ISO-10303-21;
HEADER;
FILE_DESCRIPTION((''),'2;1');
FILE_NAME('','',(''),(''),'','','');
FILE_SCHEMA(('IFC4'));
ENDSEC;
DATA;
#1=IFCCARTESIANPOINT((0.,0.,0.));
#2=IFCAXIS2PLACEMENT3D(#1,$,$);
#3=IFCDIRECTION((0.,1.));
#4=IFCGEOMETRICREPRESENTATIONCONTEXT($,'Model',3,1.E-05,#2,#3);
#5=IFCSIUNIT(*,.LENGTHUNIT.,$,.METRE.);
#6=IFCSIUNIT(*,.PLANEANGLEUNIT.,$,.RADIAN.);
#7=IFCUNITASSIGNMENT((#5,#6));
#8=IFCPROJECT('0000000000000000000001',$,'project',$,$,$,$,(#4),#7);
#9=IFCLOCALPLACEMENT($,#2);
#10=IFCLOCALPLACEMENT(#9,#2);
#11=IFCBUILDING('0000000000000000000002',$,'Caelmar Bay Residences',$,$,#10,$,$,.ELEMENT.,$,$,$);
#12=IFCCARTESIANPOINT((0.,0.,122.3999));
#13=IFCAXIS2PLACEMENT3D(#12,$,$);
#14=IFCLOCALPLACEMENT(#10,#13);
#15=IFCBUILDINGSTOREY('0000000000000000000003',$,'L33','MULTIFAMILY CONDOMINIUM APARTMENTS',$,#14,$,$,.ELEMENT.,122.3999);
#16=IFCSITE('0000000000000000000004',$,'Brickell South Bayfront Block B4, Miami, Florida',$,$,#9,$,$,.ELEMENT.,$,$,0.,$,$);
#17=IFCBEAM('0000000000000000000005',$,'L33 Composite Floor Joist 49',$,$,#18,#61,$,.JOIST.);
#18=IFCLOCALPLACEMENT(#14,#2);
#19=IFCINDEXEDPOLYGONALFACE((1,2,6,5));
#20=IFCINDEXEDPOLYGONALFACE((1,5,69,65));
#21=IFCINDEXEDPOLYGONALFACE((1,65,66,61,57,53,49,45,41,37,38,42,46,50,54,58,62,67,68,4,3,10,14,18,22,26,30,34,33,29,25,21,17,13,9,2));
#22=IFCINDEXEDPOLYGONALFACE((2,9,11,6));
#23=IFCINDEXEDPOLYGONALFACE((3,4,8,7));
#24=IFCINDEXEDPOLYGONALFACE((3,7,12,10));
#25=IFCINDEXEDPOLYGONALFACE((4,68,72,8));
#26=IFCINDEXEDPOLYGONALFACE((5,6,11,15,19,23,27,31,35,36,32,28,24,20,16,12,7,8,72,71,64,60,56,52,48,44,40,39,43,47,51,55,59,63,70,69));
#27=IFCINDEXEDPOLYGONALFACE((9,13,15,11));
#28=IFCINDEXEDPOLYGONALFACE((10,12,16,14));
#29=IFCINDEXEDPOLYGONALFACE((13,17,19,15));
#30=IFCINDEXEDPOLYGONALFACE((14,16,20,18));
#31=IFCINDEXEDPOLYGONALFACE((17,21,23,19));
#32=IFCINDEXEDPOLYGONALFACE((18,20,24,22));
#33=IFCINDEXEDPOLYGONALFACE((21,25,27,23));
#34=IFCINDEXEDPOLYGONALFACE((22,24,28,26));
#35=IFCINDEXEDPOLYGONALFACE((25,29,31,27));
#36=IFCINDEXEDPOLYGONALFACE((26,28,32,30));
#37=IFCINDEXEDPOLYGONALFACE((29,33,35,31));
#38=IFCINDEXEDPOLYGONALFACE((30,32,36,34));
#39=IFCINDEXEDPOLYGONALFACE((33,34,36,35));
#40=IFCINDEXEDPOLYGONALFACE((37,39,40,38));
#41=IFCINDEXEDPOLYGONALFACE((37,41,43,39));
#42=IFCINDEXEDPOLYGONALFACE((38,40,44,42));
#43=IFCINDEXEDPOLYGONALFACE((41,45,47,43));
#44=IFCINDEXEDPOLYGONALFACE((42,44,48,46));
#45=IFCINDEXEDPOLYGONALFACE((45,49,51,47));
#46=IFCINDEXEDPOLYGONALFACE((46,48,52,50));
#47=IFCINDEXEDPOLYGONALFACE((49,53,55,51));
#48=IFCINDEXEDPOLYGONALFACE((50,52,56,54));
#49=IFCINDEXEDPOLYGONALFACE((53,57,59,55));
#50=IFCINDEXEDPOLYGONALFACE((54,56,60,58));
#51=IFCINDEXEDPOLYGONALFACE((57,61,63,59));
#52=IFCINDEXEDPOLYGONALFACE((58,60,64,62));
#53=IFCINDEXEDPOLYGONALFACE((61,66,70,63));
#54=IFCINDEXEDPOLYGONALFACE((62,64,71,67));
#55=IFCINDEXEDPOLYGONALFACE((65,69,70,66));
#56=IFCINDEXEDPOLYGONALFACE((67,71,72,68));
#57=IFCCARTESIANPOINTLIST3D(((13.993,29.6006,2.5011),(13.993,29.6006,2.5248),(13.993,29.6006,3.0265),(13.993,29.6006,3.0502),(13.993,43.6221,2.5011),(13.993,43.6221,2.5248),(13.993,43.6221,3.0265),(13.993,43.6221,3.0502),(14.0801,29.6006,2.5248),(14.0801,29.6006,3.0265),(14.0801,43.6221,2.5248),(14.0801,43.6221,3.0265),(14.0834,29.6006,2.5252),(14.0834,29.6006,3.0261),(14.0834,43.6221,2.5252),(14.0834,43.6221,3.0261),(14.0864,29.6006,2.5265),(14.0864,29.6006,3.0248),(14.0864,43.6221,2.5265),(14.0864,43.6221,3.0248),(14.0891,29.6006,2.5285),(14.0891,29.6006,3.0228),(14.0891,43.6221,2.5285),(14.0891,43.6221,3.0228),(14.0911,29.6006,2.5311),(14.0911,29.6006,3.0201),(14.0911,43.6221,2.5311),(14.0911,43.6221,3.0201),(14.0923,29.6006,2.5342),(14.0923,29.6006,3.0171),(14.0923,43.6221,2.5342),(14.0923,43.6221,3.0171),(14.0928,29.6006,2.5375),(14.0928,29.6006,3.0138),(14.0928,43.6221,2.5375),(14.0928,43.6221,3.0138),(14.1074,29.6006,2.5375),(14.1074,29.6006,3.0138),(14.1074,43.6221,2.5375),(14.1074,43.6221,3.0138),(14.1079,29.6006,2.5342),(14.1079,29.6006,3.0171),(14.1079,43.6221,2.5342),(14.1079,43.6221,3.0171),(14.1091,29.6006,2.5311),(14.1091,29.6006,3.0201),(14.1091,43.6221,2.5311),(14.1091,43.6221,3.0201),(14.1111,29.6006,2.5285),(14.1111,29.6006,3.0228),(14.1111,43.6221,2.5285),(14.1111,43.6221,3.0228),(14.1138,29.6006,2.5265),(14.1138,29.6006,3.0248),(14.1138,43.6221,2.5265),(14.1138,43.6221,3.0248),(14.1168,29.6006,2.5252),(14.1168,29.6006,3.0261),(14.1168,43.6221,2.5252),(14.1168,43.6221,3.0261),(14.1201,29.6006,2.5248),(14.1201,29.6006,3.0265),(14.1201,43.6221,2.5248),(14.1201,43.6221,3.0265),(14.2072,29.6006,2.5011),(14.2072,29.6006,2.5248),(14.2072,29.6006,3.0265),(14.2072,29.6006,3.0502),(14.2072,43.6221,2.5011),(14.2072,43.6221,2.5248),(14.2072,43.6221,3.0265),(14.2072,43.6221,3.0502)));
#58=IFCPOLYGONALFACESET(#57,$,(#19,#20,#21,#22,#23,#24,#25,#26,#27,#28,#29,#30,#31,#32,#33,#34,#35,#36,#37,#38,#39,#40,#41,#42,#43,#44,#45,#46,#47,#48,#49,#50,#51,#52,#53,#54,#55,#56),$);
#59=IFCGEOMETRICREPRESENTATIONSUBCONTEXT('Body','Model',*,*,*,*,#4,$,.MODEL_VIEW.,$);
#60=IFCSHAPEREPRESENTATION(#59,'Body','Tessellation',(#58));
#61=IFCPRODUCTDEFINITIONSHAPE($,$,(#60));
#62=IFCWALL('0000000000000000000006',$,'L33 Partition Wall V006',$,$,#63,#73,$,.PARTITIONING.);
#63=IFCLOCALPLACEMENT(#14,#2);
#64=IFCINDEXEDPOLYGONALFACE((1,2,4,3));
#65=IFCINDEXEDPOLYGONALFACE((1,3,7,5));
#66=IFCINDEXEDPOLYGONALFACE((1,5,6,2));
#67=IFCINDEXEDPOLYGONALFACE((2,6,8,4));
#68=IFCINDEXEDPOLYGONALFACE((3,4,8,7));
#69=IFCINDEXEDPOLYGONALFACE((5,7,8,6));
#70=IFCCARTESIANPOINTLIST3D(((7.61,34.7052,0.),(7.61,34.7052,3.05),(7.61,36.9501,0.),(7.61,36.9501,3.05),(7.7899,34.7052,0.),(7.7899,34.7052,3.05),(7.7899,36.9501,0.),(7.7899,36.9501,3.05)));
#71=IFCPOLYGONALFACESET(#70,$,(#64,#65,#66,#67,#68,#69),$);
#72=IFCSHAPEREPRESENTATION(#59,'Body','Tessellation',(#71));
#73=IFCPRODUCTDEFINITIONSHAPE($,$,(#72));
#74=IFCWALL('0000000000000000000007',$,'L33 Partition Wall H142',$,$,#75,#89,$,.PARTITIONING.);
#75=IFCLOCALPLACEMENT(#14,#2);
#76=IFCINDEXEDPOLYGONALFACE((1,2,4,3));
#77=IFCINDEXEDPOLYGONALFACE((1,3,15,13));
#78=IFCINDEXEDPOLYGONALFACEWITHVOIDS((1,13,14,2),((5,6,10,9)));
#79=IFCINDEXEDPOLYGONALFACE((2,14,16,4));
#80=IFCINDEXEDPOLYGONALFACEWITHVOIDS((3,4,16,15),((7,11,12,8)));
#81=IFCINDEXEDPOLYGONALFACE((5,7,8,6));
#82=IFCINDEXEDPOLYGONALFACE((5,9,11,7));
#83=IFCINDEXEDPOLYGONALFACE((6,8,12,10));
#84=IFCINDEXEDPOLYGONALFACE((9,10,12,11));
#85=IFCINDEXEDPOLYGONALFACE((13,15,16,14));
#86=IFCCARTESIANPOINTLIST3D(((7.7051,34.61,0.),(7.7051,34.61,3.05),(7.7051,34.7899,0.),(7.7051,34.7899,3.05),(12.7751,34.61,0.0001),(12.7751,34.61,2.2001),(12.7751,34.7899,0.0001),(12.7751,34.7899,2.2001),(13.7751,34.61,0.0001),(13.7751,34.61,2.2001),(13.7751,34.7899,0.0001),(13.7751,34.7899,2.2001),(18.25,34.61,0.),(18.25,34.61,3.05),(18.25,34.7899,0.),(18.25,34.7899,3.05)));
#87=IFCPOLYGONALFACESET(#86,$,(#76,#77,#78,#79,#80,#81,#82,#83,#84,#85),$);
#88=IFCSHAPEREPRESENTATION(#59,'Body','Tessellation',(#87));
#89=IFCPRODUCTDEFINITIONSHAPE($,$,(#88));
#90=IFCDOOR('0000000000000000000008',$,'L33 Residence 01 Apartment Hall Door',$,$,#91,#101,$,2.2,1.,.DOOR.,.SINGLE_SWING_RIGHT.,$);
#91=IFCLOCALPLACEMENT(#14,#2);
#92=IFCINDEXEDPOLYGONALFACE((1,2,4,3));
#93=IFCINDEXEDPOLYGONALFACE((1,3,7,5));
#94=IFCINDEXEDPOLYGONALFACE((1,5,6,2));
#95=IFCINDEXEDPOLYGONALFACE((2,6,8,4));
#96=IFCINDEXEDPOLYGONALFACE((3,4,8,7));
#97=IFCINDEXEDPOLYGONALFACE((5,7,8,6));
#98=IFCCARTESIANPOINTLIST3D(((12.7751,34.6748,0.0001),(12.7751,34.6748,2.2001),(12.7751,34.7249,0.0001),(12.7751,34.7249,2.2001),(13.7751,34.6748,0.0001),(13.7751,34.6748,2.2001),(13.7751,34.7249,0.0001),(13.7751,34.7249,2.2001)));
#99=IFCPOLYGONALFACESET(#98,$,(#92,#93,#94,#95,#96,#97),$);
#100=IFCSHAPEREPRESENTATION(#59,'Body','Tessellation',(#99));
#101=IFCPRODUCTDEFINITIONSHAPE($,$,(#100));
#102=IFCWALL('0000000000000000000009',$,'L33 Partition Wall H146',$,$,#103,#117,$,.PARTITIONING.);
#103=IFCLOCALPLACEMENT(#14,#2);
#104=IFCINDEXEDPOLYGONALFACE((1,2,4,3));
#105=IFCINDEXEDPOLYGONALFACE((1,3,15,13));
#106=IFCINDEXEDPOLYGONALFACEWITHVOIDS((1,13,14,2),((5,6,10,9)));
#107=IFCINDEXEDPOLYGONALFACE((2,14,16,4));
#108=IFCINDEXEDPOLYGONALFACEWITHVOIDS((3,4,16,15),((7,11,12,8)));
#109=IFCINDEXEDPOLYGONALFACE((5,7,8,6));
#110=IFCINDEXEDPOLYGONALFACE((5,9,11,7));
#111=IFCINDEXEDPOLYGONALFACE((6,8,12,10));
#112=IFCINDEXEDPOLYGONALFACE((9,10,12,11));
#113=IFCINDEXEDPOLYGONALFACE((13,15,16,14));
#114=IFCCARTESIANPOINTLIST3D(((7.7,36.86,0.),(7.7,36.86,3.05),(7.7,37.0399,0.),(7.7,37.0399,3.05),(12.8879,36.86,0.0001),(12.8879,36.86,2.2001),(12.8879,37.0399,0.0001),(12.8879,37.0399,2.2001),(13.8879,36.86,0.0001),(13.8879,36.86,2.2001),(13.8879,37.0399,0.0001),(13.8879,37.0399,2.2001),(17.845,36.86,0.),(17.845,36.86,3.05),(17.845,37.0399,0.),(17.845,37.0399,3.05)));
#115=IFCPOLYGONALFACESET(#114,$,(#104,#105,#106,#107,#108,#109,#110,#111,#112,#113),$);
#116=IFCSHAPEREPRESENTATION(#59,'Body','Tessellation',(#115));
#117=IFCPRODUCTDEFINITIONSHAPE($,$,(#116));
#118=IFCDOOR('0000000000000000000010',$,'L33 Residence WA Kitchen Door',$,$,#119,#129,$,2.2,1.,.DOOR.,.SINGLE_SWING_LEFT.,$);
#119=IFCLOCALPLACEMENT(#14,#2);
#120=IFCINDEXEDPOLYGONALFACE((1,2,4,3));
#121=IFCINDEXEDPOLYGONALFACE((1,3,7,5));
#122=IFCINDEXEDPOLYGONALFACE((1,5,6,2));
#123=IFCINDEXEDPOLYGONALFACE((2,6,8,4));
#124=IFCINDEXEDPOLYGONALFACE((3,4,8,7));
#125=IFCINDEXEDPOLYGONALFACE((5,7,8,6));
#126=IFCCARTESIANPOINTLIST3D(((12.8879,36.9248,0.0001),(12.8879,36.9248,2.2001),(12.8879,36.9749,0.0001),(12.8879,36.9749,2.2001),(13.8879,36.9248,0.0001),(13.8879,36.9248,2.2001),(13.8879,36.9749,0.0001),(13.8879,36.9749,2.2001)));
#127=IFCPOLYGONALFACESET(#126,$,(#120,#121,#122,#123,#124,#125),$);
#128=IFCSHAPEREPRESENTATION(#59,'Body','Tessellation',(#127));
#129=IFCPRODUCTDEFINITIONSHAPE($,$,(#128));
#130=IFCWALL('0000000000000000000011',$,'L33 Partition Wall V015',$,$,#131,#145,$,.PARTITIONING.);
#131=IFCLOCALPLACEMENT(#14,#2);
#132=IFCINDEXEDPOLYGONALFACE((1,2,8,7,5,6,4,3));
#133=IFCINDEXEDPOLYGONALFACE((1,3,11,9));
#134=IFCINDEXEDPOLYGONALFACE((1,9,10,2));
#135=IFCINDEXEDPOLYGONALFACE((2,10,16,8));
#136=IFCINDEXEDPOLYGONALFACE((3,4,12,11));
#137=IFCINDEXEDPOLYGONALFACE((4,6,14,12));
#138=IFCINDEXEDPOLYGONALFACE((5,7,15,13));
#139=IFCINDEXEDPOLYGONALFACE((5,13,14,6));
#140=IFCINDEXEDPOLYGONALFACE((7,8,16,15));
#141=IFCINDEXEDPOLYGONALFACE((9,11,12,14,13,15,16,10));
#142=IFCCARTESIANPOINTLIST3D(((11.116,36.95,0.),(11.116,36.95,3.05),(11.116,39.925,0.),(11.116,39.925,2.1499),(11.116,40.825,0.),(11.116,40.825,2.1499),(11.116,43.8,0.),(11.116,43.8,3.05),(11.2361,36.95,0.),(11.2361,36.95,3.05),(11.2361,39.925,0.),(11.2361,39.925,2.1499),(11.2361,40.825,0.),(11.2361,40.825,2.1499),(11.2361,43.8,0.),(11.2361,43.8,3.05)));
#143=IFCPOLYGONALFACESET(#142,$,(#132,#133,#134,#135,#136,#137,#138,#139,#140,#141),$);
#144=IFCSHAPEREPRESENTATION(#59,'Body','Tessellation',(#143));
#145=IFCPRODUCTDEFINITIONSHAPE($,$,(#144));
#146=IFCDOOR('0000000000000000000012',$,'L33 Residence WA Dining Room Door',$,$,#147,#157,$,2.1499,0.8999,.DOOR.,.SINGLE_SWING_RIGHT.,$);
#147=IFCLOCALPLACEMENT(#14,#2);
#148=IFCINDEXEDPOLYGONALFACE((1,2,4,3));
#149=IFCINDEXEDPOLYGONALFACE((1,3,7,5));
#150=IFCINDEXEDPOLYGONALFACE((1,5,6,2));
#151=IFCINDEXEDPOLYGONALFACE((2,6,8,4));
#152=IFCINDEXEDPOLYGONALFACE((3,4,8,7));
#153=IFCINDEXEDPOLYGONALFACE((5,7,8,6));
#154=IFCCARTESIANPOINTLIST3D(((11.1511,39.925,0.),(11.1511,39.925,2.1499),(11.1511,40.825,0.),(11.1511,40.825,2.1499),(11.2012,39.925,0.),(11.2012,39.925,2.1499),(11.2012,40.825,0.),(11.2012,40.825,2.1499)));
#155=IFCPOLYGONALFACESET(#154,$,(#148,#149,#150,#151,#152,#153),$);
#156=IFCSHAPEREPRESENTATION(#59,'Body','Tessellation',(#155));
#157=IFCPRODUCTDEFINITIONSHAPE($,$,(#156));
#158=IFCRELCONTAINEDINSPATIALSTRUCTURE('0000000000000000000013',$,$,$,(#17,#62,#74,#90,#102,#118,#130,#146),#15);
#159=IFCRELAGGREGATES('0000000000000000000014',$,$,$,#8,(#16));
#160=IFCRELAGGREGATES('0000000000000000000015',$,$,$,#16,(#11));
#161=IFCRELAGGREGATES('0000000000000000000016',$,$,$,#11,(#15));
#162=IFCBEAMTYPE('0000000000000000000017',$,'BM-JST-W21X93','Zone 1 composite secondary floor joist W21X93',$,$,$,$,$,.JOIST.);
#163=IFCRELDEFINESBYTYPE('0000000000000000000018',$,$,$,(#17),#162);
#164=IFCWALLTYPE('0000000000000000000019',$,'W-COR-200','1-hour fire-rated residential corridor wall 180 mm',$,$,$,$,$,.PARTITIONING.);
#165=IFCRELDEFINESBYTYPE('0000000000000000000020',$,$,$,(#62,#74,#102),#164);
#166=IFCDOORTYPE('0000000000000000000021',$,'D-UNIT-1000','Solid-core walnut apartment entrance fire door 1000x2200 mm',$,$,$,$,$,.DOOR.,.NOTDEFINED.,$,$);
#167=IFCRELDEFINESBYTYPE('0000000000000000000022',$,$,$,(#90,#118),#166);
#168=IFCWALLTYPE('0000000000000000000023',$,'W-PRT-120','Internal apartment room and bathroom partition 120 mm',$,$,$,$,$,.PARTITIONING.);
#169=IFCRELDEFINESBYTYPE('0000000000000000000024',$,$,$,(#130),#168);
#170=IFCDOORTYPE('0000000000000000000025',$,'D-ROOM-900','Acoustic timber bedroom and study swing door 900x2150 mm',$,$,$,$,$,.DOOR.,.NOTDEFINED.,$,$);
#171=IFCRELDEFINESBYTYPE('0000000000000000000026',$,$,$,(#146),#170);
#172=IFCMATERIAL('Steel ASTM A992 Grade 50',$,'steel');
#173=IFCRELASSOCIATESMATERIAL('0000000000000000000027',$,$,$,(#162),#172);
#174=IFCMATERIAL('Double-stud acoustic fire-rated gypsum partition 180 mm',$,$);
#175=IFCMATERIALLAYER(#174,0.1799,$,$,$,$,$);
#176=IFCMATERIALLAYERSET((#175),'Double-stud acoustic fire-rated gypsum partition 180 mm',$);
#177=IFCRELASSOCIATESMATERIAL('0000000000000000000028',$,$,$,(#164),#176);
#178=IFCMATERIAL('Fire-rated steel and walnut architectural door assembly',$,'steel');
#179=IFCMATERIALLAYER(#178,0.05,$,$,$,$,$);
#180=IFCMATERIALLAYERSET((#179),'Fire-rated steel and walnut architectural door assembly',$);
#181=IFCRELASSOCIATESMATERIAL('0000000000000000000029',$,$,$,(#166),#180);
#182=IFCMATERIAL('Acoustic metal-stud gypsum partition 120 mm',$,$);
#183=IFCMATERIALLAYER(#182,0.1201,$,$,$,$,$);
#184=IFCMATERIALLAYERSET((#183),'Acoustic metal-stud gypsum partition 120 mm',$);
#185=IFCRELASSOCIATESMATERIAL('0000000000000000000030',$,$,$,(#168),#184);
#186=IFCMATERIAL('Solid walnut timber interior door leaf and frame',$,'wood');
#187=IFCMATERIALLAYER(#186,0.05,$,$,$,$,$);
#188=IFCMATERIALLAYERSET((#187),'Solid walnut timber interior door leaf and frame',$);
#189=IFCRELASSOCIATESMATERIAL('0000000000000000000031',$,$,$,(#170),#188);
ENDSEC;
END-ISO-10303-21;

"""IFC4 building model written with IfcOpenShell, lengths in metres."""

from ifc_helpers import new_model, si_unit, direction, frame, frame_2d, origin, origin_2d, place, context, subcontext, project, spatial, rectangle, i_section, extrude, material, layer, layer_set, material_profile, profile_set, type_object, element, fill, save


model = new_model("IFC4")

# Units and contexts
model_context = context("Model", 3, precision=1e-05, world=origin(), true_north=direction((0.0, 1.0)))
body_context = subcontext(model_context, "Body", "Model", "MODEL_VIEW")
ifc_project = project(units=[si_unit("LENGTHUNIT", "METRE"), si_unit("PLANEANGLEUNIT", "RADIAN")], contexts=[model_context])

# Site, building, storey
site_placement = place(None, origin())
site = spatial("IfcSite", under=ifc_project, at=site_placement, Name="Brickell South Bayfront Block B4, Miami, Florida", CompositionType="ELEMENT", RefElevation=0.0)
building_placement = place(site_placement, origin())
building = spatial("IfcBuilding", under=site, at=building_placement, Name="Caelmar Bay Residences", CompositionType="ELEMENT")
storey_placement = place(building_placement, frame((0.0, 0.0, 122.3999)))
storey = spatial("IfcBuildingStorey", under=building, at=storey_placement, Name="L33", Description="MULTIFAMILY CONDOMINIUM APARTMENTS", CompositionType="ELEMENT", Elevation=122.3999)

# Beam
ifc_material_1 = material(Name="Steel ASTM A992 Grade 50", Category="steel")
ifc_material_profile_1 = material_profile(ifc_material_1, i_section(OverallWidth=0.2141, OverallDepth=0.5491, WebThickness=0.0146, FlangeThickness=0.0237, FilletRadius=0.0127, at=origin_2d()), Name="W21X93")
ifc_profile_set_1 = profile_set([ifc_material_profile_1], Name="Steel ASTM A992 Grade 50")
beam_type_1 = type_object("IfcBeamType", Name="BM-JST-W21X93", Description="Zone 1 composite secondary floor joist W21X93", PredefinedType="JOIST", material=ifc_profile_set_1)
beam_1_placement = place(storey_placement, frame((14.1001, 29.6006, 2.7756), z_axis=(0.0, 1.0, 0.0), x_axis=(-1.0, 0.0, 0.0)))
element("IfcBeam", 1, at=beam_1_placement, inside=storey, type_object=beam_type_1, Name="L33 Composite Floor Joist 49", PredefinedType="JOIST", context=body_context, shape_type="SweptSolid", body=[
    extrude(i_section(OverallWidth=0.2141, OverallDepth=0.5491, WebThickness=0.0146, FlangeThickness=0.0237, FilletRadius=0.0127, at=origin_2d()), origin(), (0.0, 0.0, 1.0), 14.0215),
])

# Wall
ifc_material_2 = material(Name="Double-stud acoustic fire-rated gypsum partition 180 mm")
ifc_layer_1 = layer(ifc_material_2, 0.1799)
ifc_layer_set_1 = layer_set([ifc_layer_1], Name="Double-stud acoustic fire-rated gypsum partition 180 mm")
wall_type_1 = type_object("IfcWallType", Name="W-COR-200", Description="1-hour fire-rated residential corridor wall 180 mm", PredefinedType="PARTITIONING", material=ifc_layer_set_1)
wall_1_placement = place(storey_placement, frame((7.7, 34.7051, 0.0), z_axis=(0.0, 0.0, 1.0), x_axis=(0.0, 1.0, 0.0)))
element("IfcWall", 2, at=wall_1_placement, inside=storey, type_object=wall_type_1, Name="L33 Partition Wall V006", PredefinedType="PARTITIONING", context=body_context, shape_type="SweptSolid", body=[
    extrude(rectangle(XDim=2.2449, YDim=0.1799, at=frame_2d((1.1226, 0.0))), origin(), (0.0, 0.0, 1.0), 3.05),
])

# Walls, openings, doors
wall_2_placement = place(storey_placement, frame((7.7051, 34.7, 0.0), z_axis=(0.0, 0.0, 1.0), x_axis=(1.0, 0.0, 0.0)))
wall_2 = element("IfcWall", 3, at=wall_2_placement, inside=storey, type_object=wall_type_1, Name="L33 Partition Wall H142", PredefinedType="PARTITIONING", context=body_context, shape_type="SweptSolid", body=[
    extrude(rectangle(XDim=10.5449, YDim=0.1799, at=frame_2d((5.2725, 0.0))), origin(), (0.0, 0.0, 1.0), 3.05),
])
opening_1_placement = place(wall_2_placement, frame((5.0701, 0.0, 0.0)))
opening_1 = element("IfcOpeningElement", 4, at=opening_1_placement, cuts=wall_2, PredefinedType="OPENING", context=body_context, shape_type="SweptSolid", body=[
    extrude(rectangle(XDim=1.0, YDim=2.2, at=frame_2d((0.5, 1.1001))), frame((0.0, 0.0999, 0.0), z_axis=(0.0, -1.0, 0.0), x_axis=(1.0, 0.0, 0.0)), (0.0, 0.0, 1.0), 0.2),
])
ifc_material_3 = material(Name="Fire-rated steel and walnut architectural door assembly", Category="steel")
ifc_layer_2 = layer(ifc_material_3, 0.05)
ifc_layer_set_2 = layer_set([ifc_layer_2], Name="Fire-rated steel and walnut architectural door assembly")
door_type_1 = type_object("IfcDoorType", Name="D-UNIT-1000", Description="Solid-core walnut apartment entrance fire door 1000x2200 mm", OperationType="NOTDEFINED", PredefinedType="DOOR", material=ifc_layer_set_2)
door_1_placement = place(opening_1_placement, origin())
door_1 = element("IfcDoor", 5, at=door_1_placement, inside=storey, type_object=door_type_1, Name="L33 Residence 01 Apartment Hall Door", OperationType="SINGLE_SWING_RIGHT", OverallHeight=2.2, OverallWidth=1.0, PredefinedType="DOOR", context=body_context, shape_type="SweptSolid", body=[
    extrude(rectangle(XDim=1.0, YDim=2.2, at=frame_2d((0.5, 1.1001))), frame((0.0, 0.0249, 0.0), z_axis=(0.0, -1.0, 0.0), x_axis=(1.0, 0.0, 0.0)), (0.0, 0.0, 1.0), 0.05),
])
fill(opening_1, door_1)
wall_3_placement = place(storey_placement, frame((7.7, 36.95, 0.0), z_axis=(0.0, 0.0, 1.0), x_axis=(1.0, 0.0, 0.0)))
wall_3 = element("IfcWall", 6, at=wall_3_placement, inside=storey, type_object=wall_type_1, Name="L33 Partition Wall H146", PredefinedType="PARTITIONING", context=body_context, shape_type="SweptSolid", body=[
    extrude(rectangle(XDim=10.145, YDim=0.1799, at=frame_2d((5.0725, 0.0))), origin(), (0.0, 0.0, 1.0), 3.05),
])
opening_2_placement = place(wall_3_placement, frame((5.188, 0.0, 0.0)))
opening_2 = element("IfcOpeningElement", 7, at=opening_2_placement, cuts=wall_3, PredefinedType="OPENING", context=body_context, shape_type="SweptSolid", body=[
    extrude(rectangle(XDim=1.0, YDim=2.2, at=frame_2d((0.5, 1.1001))), frame((0.0, 0.0999, 0.0), z_axis=(0.0, -1.0, 0.0), x_axis=(1.0, 0.0, 0.0)), (0.0, 0.0, 1.0), 0.2),
])
door_2_placement = place(opening_2_placement, origin())
door_2 = element("IfcDoor", 8, at=door_2_placement, inside=storey, type_object=door_type_1, Name="L33 Residence WA Kitchen Door", OperationType="SINGLE_SWING_LEFT", OverallHeight=2.2, OverallWidth=1.0, PredefinedType="DOOR", context=body_context, shape_type="SweptSolid", body=[
    extrude(rectangle(XDim=1.0, YDim=2.2, at=frame_2d((0.5, 1.1001))), frame((0.0, 0.0249, 0.0), z_axis=(0.0, -1.0, 0.0), x_axis=(1.0, 0.0, 0.0)), (0.0, 0.0, 1.0), 0.05),
])
fill(opening_2, door_2)
ifc_material_4 = material(Name="Acoustic metal-stud gypsum partition 120 mm")
ifc_layer_3 = layer(ifc_material_4, 0.1201)
ifc_layer_set_3 = layer_set([ifc_layer_3], Name="Acoustic metal-stud gypsum partition 120 mm")
wall_type_2 = type_object("IfcWallType", Name="W-PRT-120", Description="Internal apartment room and bathroom partition 120 mm", PredefinedType="PARTITIONING", material=ifc_layer_set_3)
wall_4_placement = place(storey_placement, frame((11.176, 36.95, 0.0), z_axis=(0.0, 0.0, 1.0), x_axis=(0.0, 1.0, 0.0)))
wall_4 = element("IfcWall", 9, at=wall_4_placement, inside=storey, type_object=wall_type_2, Name="L33 Partition Wall V015", PredefinedType="PARTITIONING", context=body_context, shape_type="SweptSolid", body=[
    extrude(rectangle(XDim=6.8501, YDim=0.1201, at=frame_2d((3.425, 0.0))), origin(), (0.0, 0.0, 1.0), 3.05),
])
opening_3_placement = place(wall_4_placement, frame((2.9751, 0.0, 0.0)))
opening_3 = element("IfcOpeningElement", 10, at=opening_3_placement, cuts=wall_4, PredefinedType="OPENING", context=body_context, shape_type="SweptSolid", body=[
    extrude(rectangle(XDim=0.8999, YDim=2.1499, at=frame_2d((0.45, 1.075))), frame((0.0, 0.0701, 0.0), z_axis=(0.0, -1.0, 0.0), x_axis=(1.0, 0.0, 0.0)), (0.0, 0.0, 1.0), 0.1401),
])
ifc_material_5 = material(Name="Solid walnut timber interior door leaf and frame", Category="wood")
ifc_layer_4 = layer(ifc_material_5, 0.05)
ifc_layer_set_4 = layer_set([ifc_layer_4], Name="Solid walnut timber interior door leaf and frame")
door_type_2 = type_object("IfcDoorType", Name="D-ROOM-900", Description="Acoustic timber bedroom and study swing door 900x2150 mm", OperationType="NOTDEFINED", PredefinedType="DOOR", material=ifc_layer_set_4)
door_3_placement = place(opening_3_placement, origin())
door_3 = element("IfcDoor", 11, at=door_3_placement, inside=storey, type_object=door_type_2, Name="L33 Residence WA Dining Room Door", OperationType="SINGLE_SWING_RIGHT", OverallHeight=2.1499, OverallWidth=0.8999, PredefinedType="DOOR", context=body_context, shape_type="SweptSolid", body=[
    extrude(rectangle(XDim=0.8999, YDim=2.1499, at=frame_2d((0.45, 1.075))), frame((0.0, 0.0249, 0.0), z_axis=(0.0, -1.0, 0.0), x_axis=(1.0, 0.0, 0.0)), (0.0, 0.0, 1.0), 0.05),
])
fill(opening_3, door_3)

save(model, "model.ifc")
